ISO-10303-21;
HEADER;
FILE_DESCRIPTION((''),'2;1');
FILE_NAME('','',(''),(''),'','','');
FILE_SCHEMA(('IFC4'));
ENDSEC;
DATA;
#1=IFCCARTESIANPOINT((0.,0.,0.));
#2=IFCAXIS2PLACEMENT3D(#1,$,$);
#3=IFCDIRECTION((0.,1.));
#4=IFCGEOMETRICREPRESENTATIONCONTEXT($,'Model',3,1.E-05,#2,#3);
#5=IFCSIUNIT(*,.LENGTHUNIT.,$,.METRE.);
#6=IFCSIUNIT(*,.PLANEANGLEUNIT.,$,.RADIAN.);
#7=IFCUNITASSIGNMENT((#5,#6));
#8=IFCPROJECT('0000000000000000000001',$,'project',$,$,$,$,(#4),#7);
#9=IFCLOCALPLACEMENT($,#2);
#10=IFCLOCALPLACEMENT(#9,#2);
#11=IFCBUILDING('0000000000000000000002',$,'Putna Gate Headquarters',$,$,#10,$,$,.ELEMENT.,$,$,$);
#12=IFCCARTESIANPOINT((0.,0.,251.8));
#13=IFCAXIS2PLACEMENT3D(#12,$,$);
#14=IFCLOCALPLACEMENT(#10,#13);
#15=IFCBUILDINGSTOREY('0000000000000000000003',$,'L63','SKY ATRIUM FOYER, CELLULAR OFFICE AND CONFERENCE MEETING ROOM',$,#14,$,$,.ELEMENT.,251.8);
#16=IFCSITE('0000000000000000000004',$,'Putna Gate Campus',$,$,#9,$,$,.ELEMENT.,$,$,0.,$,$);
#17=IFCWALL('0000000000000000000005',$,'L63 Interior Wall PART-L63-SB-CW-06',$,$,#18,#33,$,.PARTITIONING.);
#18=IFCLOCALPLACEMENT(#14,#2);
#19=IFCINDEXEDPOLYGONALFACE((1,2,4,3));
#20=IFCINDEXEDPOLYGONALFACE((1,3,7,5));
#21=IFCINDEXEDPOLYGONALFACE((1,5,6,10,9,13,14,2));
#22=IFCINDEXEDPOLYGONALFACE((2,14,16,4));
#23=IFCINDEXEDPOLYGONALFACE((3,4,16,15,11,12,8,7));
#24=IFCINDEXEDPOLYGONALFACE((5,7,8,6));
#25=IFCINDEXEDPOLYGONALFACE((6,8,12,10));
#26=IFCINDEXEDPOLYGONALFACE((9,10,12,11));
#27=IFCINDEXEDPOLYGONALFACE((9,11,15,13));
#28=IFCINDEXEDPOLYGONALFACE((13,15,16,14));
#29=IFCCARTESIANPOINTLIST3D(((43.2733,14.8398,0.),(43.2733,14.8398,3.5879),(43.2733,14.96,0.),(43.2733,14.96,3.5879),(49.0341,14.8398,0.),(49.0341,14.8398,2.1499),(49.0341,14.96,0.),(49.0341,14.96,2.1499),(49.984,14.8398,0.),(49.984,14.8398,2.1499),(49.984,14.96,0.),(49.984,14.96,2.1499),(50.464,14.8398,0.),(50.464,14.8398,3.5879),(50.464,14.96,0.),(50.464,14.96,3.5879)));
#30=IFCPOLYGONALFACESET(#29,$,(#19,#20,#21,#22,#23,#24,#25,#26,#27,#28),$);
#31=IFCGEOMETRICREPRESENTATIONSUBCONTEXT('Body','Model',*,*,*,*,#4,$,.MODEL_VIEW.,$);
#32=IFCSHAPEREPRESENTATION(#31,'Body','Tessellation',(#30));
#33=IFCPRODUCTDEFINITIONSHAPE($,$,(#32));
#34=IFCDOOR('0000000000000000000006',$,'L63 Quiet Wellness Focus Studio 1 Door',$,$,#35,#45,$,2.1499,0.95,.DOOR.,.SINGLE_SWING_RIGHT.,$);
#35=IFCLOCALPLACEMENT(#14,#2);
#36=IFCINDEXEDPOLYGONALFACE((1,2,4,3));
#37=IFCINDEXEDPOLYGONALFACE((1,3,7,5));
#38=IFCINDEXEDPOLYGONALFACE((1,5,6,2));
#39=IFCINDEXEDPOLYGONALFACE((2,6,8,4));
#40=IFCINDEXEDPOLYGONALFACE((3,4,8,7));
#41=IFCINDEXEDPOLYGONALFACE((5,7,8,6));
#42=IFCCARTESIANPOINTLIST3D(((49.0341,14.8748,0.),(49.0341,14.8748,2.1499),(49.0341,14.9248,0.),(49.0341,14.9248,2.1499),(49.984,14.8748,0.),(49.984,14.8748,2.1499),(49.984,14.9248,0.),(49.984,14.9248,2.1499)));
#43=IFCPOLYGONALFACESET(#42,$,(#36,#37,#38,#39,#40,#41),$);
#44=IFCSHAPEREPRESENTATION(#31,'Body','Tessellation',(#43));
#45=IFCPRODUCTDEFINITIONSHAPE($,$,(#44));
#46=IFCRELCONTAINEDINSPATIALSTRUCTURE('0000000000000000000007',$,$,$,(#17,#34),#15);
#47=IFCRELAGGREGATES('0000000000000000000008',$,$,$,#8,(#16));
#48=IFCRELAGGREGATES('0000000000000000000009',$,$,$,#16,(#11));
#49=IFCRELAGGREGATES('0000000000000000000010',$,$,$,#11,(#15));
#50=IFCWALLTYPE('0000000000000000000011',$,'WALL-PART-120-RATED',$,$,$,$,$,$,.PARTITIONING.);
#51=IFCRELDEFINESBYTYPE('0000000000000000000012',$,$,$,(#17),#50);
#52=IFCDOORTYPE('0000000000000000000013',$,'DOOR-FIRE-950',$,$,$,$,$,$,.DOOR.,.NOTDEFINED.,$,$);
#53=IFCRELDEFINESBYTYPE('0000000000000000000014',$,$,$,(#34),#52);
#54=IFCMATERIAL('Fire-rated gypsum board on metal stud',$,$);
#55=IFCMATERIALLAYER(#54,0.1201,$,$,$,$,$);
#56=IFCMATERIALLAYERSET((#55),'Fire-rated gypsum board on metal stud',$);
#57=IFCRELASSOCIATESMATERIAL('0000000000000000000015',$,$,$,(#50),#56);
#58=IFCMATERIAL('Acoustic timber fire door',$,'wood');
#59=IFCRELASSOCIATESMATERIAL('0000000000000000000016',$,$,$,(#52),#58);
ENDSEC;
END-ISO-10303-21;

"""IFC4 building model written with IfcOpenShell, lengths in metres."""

from ifc_helpers import new_model, si_unit, direction, frame, frame_2d, origin, place, context, subcontext, project, spatial, rectangle, extrude, material, layer, layer_set, type_object, element, fill, save


model = new_model("IFC4")

# Units and contexts
model_context = context("Model", 3, precision=1e-05, world=origin(), true_north=direction((0.0, 1.0)))
body_context = subcontext(model_context, "Body", "Model", "MODEL_VIEW")
ifc_project = project(units=[si_unit("LENGTHUNIT", "METRE"), si_unit("PLANEANGLEUNIT", "RADIAN")], contexts=[model_context])

# Site, building, storey
site_placement = place(None, origin())
site = spatial("IfcSite", under=ifc_project, at=site_placement, Name="Putna Gate Campus", CompositionType="ELEMENT", RefElevation=0.0)
building_placement = place(site_placement, origin())
building = spatial("IfcBuilding", under=site, at=building_placement, Name="Putna Gate Headquarters", CompositionType="ELEMENT")
storey_placement = place(building_placement, frame((0.0, 0.0, 251.8)))
storey = spatial("IfcBuildingStorey", under=building, at=storey_placement, Name="L63", Description="SKY ATRIUM FOYER, CELLULAR OFFICE AND CONFERENCE MEETING ROOM", CompositionType="ELEMENT", Elevation=251.8)

# Wall, opening, door
ifc_material_1 = material(Name="Fire-rated gypsum board on metal stud")
ifc_layer_1 = layer(ifc_material_1, 0.1201)
ifc_layer_set_1 = layer_set([ifc_layer_1], Name="Fire-rated gypsum board on metal stud")
wall_type_1 = type_object("IfcWallType", Name="WALL-PART-120-RATED", PredefinedType="PARTITIONING", material=ifc_layer_set_1)
wall_1_placement = place(storey_placement, frame((43.2734, 14.8999, 0.0), z_axis=(0.0, 0.0, 1.0), x_axis=(1.0, 0.0, 0.0)))
wall_1 = element("IfcWall", 1, at=wall_1_placement, inside=storey, type_object=wall_type_1, Name="L63 Interior Wall PART-L63-SB-CW-06", PredefinedType="PARTITIONING", context=body_context, shape_type="SweptSolid", body=[
    extrude(rectangle(XDim=7.1907, YDim=0.1201, at=frame_2d((3.5952, 0.0))), origin(), (0.0, 0.0, 1.0), 3.5879),
])
opening_placement = place(wall_1_placement, frame((5.7605, 0.0, 0.0)))
opening = element("IfcOpeningElement", 2, at=opening_placement, cuts=wall_1, PredefinedType="OPENING", context=body_context, shape_type="SweptSolid", body=[
    extrude(rectangle(XDim=0.95, YDim=2.1499, at=frame_2d((0.4751, 1.075))), frame((0.0, 0.0701, 0.0), z_axis=(0.0, -1.0, 0.0), x_axis=(1.0, 0.0, 0.0)), (0.0, 0.0, 1.0), 0.1401),
])
ifc_material_2 = material(Name="Acoustic timber fire door", Category="wood")
door_type = type_object("IfcDoorType", Name="DOOR-FIRE-950", OperationType="NOTDEFINED", PredefinedType="DOOR", material=ifc_material_2)
door_placement = place(opening_placement, origin())
door = element("IfcDoor", 3, at=door_placement, inside=storey, type_object=door_type, Name="L63 Quiet Wellness Focus Studio 1 Door", OperationType="SINGLE_SWING_RIGHT", OverallHeight=2.1499, OverallWidth=0.95, PredefinedType="DOOR", context=body_context, shape_type="SweptSolid", body=[
    extrude(rectangle(XDim=0.95, YDim=2.1499, at=frame_2d((0.4751, 1.075))), frame((0.0, 0.0249, 0.0), z_axis=(0.0, -1.0, 0.0), x_axis=(1.0, 0.0, 0.0)), (0.0, 0.0, 1.0), 0.05),
])
fill(opening, door)

save(model, "model.ifc")
